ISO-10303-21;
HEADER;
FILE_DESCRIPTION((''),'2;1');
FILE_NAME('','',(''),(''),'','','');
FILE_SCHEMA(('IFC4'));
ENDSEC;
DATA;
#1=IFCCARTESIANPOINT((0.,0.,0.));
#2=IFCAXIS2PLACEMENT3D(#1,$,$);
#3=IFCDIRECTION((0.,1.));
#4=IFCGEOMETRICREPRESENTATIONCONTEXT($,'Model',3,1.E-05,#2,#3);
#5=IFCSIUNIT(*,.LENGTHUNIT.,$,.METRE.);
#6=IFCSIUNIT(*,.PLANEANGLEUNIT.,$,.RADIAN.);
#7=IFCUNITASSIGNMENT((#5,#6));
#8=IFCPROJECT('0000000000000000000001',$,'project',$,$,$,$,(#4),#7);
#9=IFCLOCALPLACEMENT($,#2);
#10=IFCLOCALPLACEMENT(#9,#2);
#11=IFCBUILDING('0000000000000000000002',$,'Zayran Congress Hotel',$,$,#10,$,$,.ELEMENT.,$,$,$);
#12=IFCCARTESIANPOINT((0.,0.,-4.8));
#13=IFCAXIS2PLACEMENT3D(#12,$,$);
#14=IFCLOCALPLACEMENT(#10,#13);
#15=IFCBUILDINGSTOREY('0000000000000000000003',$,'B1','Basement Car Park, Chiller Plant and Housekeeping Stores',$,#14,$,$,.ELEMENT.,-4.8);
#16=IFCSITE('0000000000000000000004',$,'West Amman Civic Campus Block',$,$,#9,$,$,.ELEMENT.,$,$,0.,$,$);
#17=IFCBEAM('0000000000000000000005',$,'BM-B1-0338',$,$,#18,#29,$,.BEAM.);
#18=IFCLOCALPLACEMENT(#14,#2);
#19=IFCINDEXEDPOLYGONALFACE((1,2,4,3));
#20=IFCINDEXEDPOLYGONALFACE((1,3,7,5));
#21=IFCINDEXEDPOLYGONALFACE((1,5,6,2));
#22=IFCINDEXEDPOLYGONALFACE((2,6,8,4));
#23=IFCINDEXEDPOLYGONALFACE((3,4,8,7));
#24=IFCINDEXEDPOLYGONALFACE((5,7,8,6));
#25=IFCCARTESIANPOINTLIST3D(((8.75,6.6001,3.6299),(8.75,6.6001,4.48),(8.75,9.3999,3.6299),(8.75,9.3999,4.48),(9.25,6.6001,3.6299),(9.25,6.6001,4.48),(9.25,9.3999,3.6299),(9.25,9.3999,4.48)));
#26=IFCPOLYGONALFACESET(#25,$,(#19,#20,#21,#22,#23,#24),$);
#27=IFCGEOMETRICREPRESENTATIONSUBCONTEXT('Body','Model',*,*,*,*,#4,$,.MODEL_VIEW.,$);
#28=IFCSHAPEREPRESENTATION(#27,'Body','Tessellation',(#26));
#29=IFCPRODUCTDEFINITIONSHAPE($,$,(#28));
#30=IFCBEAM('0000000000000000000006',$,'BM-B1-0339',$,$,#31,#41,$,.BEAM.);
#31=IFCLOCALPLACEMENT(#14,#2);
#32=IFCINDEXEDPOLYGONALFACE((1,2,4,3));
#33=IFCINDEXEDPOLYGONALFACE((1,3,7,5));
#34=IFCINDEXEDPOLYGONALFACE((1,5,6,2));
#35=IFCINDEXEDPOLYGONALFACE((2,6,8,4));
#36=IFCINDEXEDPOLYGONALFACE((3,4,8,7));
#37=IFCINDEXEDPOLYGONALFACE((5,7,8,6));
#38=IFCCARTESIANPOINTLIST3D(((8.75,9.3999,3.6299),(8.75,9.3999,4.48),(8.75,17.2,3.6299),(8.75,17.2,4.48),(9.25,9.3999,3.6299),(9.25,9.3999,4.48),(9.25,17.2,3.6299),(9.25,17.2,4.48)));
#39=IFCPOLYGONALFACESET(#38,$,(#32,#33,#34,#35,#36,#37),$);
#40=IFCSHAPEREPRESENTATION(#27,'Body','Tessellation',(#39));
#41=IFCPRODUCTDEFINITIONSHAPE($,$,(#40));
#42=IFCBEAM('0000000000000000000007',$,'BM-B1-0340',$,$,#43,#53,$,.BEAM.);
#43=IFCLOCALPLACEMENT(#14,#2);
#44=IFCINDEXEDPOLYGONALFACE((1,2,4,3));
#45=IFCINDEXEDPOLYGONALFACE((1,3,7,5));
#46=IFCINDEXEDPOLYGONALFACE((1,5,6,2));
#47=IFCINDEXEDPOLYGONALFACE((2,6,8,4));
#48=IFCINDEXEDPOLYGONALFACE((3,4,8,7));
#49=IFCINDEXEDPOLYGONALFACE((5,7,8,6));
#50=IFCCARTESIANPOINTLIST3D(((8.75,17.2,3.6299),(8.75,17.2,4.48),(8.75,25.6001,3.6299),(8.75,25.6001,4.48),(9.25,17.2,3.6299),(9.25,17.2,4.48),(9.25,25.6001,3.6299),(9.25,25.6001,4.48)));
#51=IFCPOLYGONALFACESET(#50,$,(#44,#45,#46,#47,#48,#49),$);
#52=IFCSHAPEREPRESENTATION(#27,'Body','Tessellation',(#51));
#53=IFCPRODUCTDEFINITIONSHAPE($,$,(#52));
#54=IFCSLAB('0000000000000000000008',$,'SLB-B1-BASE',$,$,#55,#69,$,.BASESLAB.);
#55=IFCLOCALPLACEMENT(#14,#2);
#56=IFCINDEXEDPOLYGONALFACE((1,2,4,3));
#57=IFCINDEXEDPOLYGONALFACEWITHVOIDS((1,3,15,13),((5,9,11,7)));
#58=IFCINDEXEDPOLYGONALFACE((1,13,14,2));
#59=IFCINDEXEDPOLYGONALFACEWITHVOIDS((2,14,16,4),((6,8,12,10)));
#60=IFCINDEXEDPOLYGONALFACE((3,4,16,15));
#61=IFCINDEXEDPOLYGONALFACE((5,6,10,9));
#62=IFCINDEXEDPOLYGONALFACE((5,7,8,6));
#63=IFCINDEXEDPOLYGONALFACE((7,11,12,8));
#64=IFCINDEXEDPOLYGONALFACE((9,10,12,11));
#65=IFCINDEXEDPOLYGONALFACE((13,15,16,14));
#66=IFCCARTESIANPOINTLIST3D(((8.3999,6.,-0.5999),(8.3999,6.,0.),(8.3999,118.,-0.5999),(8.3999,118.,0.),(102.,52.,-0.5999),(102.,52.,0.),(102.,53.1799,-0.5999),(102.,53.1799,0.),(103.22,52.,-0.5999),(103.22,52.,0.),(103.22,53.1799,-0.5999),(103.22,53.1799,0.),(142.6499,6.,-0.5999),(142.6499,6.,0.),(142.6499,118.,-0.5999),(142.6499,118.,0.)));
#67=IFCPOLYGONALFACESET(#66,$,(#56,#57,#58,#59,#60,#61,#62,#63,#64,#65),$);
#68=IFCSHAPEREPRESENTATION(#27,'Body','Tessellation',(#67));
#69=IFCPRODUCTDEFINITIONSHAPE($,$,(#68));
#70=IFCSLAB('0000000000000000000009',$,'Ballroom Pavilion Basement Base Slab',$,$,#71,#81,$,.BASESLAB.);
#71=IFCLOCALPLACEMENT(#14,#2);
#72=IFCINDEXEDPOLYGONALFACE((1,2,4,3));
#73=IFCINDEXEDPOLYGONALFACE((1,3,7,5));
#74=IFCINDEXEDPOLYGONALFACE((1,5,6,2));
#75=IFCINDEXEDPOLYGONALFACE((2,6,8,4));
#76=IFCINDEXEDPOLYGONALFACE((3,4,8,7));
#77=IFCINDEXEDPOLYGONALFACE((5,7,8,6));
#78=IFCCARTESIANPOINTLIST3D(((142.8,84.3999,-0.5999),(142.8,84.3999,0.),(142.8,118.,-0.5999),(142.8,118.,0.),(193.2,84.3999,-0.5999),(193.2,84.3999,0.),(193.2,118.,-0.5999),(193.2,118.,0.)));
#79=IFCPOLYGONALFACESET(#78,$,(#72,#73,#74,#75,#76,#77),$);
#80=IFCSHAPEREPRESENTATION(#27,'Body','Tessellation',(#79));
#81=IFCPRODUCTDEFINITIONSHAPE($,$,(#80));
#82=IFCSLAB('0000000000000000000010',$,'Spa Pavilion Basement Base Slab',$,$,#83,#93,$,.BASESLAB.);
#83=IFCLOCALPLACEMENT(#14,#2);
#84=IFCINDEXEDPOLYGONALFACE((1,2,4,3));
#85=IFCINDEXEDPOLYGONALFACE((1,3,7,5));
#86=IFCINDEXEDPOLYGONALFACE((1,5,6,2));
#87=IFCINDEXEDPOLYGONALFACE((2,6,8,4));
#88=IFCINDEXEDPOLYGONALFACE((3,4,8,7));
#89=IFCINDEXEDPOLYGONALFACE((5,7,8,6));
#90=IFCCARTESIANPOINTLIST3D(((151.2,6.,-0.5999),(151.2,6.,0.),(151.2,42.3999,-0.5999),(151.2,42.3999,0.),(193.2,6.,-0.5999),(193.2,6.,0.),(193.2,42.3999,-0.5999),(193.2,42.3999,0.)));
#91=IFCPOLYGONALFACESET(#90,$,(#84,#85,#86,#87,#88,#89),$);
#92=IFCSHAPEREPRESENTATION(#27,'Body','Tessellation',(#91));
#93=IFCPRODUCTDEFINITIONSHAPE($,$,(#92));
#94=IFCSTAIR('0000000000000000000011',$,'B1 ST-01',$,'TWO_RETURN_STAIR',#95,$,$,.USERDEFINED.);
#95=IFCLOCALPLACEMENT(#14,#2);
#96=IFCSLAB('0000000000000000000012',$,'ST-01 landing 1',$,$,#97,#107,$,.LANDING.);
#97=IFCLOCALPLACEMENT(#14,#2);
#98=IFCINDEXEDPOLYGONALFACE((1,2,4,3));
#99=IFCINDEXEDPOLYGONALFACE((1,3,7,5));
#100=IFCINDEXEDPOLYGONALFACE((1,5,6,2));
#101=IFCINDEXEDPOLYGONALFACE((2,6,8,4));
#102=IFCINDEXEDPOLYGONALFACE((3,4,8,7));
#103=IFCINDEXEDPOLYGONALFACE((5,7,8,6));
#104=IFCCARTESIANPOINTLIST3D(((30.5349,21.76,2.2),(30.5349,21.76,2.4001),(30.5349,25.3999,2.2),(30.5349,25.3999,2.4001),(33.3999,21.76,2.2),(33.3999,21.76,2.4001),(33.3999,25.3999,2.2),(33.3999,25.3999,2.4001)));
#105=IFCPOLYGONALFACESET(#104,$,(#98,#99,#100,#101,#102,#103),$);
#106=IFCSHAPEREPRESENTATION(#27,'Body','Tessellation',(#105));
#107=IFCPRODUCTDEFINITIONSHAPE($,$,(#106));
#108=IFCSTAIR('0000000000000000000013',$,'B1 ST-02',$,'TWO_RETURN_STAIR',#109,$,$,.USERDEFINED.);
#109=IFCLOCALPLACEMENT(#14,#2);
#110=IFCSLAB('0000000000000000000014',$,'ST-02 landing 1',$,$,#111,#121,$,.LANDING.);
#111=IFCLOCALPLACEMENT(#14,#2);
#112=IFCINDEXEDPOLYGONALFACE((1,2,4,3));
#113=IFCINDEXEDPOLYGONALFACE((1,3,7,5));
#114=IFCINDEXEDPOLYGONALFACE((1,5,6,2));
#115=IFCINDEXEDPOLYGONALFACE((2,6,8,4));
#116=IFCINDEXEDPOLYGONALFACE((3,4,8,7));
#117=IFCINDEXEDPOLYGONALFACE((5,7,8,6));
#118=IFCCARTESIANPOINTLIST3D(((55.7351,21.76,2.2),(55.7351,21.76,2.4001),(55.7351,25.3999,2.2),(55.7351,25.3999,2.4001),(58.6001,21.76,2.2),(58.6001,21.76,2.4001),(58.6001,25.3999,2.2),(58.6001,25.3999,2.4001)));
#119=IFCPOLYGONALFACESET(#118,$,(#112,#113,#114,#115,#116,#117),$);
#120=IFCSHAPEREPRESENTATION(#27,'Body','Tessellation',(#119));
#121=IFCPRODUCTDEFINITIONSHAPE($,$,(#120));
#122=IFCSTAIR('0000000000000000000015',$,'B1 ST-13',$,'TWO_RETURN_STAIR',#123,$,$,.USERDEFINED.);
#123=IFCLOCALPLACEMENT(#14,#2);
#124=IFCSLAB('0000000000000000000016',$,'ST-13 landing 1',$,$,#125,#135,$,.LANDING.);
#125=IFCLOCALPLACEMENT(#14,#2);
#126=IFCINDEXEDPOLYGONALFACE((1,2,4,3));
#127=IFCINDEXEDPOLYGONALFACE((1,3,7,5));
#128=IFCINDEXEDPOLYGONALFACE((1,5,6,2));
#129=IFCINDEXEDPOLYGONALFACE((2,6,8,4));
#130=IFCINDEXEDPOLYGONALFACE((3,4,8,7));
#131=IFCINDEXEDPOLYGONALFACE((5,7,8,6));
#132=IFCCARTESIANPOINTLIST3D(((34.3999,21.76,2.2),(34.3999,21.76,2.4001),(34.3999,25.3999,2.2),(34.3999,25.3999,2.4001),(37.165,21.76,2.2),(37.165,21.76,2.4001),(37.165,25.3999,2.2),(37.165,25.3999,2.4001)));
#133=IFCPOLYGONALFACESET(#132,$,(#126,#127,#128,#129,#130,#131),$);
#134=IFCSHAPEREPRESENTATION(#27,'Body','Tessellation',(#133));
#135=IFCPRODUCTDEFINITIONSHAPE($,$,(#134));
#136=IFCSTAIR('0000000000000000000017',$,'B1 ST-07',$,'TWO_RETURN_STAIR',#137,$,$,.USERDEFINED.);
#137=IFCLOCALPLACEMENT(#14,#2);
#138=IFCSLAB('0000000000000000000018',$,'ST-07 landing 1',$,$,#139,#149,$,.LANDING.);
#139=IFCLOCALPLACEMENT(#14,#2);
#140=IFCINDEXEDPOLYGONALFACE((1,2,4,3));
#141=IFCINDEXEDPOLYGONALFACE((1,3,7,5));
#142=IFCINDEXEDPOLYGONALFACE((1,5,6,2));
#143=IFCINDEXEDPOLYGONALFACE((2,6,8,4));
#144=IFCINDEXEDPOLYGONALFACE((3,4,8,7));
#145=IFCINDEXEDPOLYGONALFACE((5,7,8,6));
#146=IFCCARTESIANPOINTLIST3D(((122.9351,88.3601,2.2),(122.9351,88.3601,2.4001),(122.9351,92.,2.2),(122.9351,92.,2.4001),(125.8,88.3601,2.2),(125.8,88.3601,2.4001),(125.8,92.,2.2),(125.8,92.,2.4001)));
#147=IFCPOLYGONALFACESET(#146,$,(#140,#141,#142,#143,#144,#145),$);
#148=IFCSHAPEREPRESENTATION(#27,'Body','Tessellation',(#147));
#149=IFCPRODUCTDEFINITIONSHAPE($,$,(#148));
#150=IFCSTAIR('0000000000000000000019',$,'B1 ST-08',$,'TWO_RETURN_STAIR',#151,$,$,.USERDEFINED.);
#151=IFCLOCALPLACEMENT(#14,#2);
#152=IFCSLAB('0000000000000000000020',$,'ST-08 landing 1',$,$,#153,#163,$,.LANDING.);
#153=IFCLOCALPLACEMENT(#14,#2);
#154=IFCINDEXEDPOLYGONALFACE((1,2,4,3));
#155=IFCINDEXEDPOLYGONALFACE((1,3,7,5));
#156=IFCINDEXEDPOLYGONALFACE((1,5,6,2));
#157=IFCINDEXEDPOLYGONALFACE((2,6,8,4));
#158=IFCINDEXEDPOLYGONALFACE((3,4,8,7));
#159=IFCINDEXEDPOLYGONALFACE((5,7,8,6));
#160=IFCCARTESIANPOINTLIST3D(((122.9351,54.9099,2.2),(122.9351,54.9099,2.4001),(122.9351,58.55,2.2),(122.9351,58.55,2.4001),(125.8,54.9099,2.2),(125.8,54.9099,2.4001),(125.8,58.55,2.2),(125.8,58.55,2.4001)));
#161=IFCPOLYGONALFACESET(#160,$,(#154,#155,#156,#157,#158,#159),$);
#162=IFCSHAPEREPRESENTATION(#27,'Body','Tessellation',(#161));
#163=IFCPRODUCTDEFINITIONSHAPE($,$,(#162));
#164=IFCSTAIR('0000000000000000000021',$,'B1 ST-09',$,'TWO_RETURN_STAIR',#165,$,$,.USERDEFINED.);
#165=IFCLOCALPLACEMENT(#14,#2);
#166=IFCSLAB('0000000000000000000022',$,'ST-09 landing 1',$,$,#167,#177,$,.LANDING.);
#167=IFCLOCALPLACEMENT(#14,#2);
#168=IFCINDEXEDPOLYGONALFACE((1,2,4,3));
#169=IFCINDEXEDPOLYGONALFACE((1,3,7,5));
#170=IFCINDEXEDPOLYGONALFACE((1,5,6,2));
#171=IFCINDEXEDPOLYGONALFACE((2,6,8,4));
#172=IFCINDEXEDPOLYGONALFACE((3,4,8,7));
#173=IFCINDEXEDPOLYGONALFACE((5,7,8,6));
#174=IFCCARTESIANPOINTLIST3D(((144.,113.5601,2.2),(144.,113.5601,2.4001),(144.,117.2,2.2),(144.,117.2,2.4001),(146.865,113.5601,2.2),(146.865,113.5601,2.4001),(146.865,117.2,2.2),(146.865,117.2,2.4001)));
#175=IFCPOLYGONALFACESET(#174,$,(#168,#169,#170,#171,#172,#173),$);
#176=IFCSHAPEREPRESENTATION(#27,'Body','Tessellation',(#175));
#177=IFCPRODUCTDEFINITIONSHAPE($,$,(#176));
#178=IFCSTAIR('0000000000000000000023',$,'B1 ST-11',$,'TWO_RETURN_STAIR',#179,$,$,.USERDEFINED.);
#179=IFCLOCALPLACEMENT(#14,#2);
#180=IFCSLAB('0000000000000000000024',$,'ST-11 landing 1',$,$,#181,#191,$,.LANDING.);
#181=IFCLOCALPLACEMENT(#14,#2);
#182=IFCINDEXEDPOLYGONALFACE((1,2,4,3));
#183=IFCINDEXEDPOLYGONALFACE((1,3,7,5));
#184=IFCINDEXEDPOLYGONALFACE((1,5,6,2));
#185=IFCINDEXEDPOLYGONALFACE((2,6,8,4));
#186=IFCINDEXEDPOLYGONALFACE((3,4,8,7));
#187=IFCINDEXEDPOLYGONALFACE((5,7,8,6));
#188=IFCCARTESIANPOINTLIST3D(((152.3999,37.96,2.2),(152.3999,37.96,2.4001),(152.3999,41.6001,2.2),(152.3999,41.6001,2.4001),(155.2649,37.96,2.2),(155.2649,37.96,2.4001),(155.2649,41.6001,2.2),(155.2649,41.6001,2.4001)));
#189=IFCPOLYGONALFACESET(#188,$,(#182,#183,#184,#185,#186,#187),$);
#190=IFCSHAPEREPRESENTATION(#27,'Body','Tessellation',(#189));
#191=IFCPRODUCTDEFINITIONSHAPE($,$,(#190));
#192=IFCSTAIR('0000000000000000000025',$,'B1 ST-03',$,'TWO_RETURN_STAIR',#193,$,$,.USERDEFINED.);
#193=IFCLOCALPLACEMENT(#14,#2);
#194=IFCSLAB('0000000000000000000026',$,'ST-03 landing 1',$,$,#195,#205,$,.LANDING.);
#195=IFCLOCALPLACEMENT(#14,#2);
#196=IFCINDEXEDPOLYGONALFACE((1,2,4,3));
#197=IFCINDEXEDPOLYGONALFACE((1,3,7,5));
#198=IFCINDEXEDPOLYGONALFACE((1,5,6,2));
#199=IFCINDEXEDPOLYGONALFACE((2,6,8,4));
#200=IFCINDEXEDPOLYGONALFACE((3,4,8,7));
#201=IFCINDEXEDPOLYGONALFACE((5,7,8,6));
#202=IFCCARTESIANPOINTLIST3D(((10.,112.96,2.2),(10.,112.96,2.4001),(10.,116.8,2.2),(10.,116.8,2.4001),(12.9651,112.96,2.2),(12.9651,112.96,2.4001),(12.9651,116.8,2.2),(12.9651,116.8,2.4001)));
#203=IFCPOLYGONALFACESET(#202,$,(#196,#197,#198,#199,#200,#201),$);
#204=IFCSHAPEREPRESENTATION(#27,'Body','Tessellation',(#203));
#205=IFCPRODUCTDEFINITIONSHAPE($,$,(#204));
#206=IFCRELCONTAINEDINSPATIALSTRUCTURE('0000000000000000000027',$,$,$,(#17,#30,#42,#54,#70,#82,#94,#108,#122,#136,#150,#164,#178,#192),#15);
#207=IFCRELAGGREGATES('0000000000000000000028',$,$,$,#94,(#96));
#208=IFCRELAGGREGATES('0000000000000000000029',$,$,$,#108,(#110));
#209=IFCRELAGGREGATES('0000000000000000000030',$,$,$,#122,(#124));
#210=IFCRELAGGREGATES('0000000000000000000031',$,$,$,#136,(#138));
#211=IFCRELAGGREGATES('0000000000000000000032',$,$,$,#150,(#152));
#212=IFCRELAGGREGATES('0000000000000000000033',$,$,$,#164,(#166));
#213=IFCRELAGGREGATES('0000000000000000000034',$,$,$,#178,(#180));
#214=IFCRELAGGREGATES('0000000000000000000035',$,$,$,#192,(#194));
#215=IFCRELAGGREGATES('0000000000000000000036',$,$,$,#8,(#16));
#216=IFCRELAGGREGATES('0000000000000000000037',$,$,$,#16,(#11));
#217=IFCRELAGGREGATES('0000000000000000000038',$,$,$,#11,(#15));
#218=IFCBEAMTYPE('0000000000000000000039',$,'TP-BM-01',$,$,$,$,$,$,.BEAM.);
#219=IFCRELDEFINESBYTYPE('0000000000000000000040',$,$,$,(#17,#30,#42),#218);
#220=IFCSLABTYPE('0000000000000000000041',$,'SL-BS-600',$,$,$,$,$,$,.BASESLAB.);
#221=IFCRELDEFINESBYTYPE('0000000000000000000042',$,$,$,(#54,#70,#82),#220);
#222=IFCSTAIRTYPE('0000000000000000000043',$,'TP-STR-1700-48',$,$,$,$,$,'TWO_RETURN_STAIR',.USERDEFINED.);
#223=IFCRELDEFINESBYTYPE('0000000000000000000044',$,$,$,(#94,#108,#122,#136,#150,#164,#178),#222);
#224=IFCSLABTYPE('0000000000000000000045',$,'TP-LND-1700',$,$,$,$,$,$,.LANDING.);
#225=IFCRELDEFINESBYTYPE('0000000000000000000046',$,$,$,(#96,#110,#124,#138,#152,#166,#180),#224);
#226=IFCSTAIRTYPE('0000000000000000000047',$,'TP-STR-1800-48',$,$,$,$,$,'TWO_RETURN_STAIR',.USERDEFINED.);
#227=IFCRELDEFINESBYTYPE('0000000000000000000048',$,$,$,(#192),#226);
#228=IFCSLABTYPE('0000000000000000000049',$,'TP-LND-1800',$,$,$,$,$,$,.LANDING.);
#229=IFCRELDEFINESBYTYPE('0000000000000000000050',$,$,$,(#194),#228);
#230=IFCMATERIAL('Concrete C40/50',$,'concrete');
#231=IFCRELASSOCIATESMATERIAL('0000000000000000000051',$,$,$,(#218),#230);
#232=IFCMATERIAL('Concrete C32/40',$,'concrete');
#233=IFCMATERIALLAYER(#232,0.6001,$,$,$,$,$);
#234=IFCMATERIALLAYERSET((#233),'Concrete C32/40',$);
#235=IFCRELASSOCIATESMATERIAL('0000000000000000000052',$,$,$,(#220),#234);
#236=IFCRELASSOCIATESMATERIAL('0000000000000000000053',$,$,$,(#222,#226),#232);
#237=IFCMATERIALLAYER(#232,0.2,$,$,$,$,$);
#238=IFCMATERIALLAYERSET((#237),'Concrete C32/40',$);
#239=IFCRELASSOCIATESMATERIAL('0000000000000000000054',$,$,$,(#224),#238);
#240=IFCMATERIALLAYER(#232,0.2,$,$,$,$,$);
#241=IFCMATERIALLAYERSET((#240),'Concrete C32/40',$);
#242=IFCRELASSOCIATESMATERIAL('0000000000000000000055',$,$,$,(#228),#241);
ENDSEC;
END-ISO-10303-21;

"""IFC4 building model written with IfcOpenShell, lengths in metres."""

from ifc_helpers import new_model, si_unit, direction, frame, origin, origin_2d, place, context, subcontext, project, spatial, polyline, rectangle, outline, extrude, material, layer, layer_set, material_profile, profile_set, type_object, element, aggregate, save


model = new_model("IFC4")

# Units and contexts
model_context = context("Model", 3, precision=1e-05, world=origin(), true_north=direction((0.0, 1.0)))
body_context = subcontext(model_context, "Body", "Model", "MODEL_VIEW")
ifc_project = project(units=[si_unit("LENGTHUNIT", "METRE"), si_unit("PLANEANGLEUNIT", "RADIAN")], contexts=[model_context])

# Site, building, storey
site_placement = place(None, origin())
site = spatial("IfcSite", under=ifc_project, at=site_placement, Name="West Amman Civic Campus Block", CompositionType="ELEMENT", RefElevation=0.0)
building_placement = place(site_placement, origin())
building = spatial("IfcBuilding", under=site, at=building_placement, Name="Zayran Congress Hotel", CompositionType="ELEMENT")
storey_placement = place(building_placement, frame((0.0, 0.0, -4.8)))
storey = spatial("IfcBuildingStorey", under=building, at=storey_placement, Name="B1", Description="Basement Car Park, Chiller Plant and Housekeeping Stores", CompositionType="ELEMENT", Elevation=-4.8)

# Shared definitions
ifc_material_1 = material(Name="Concrete C40/50", Category="concrete")

# Beams
ifc_material_profile_1 = material_profile(ifc_material_1, rectangle(XDim=0.5, YDim=0.8501, at=origin_2d()), Name="RC 500x850")
ifc_profile_set_1 = profile_set([ifc_material_profile_1], Name="Concrete C40/50")
beam_type = type_object("IfcBeamType", Name="TP-BM-01", PredefinedType="BEAM", material=ifc_profile_set_1)
beam_1_placement = place(storey_placement, frame((9.0, 6.6001, 4.0549), z_axis=(0.0, 1.0, 0.0), x_axis=(-1.0, 0.0, 0.0)))
element("IfcBeam", 1, at=beam_1_placement, inside=storey, type_object=beam_type, Name="BM-B1-0338", PredefinedType="BEAM", context=body_context, shape_type="SweptSolid", body=[
    extrude(rectangle(XDim=0.5, YDim=0.8501, at=origin_2d()), origin(), (0.0, 0.0, 1.0), 2.7998),
])
beam_2_placement = place(storey_placement, frame((9.0, 9.3999, 4.0549), z_axis=(0.0, 1.0, 0.0), x_axis=(-1.0, 0.0, 0.0)))
element("IfcBeam", 2, at=beam_2_placement, inside=storey, type_object=beam_type, Name="BM-B1-0339", PredefinedType="BEAM", context=body_context, shape_type="SweptSolid", body=[
    extrude(rectangle(XDim=0.5, YDim=0.8501, at=origin_2d()), origin(), (0.0, 0.0, 1.0), 7.8),
])
beam_3_placement = place(storey_placement, frame((9.0, 17.2, 4.0549), z_axis=(0.0, 1.0, 0.0), x_axis=(-1.0, 0.0, 0.0)))
element("IfcBeam", 3, at=beam_3_placement, inside=storey, type_object=beam_type, Name="BM-B1-0340", PredefinedType="BEAM", context=body_context, shape_type="SweptSolid", body=[
    extrude(rectangle(XDim=0.5, YDim=0.8501, at=origin_2d()), origin(), (0.0, 0.0, 1.0), 8.4001),
])

# Slabs
ifc_material_2 = material(Name="Concrete C32/40", Category="concrete")
ifc_layer_1 = layer(ifc_material_2, 0.6001)
ifc_layer_set_1 = layer_set([ifc_layer_1], Name="Concrete C32/40")
slab_type_1 = type_object("IfcSlabType", Name="SL-BS-600", PredefinedType="BASESLAB", material=ifc_layer_set_1)
slab_1_placement = place(storey_placement, frame((0.0, 0.0, -0.5999)))
element("IfcSlab", 4, at=slab_1_placement, inside=storey, type_object=slab_type_1, Name="SLB-B1-BASE", PredefinedType="BASESLAB", context=body_context, shape_type="SweptSolid", body=[
    extrude(outline(polyline([(8.3999, 6.0), (142.6499, 6.0), (142.6499, 118.0), (8.3999, 118.0), (8.3999, 6.0)]), holes=[polyline([(102.0, 52.0), (103.22, 52.0), (103.22, 53.1799), (102.0, 53.1799), (102.0, 52.0)])]), origin(), (0.0, 0.0, 1.0), 0.5999),
])
slab_2_placement = place(storey_placement, frame((0.0, 0.0, -0.5999)))
element("IfcSlab", 5, at=slab_2_placement, inside=storey, type_object=slab_type_1, Name="Ballroom Pavilion Basement Base Slab", PredefinedType="BASESLAB", context=body_context, shape_type="SweptSolid", body=[
    extrude(outline(polyline([(142.8, 84.3999), (193.2, 84.3999), (193.2, 118.0), (142.8, 118.0), (142.8, 84.3999)])), origin(), (0.0, 0.0, 1.0), 0.5999),
])
slab_3_placement = place(storey_placement, frame((0.0, 0.0, -0.5999)))
element("IfcSlab", 6, at=slab_3_placement, inside=storey, type_object=slab_type_1, Name="Spa Pavilion Basement Base Slab", PredefinedType="BASESLAB", context=body_context, shape_type="SweptSolid", body=[
    extrude(outline(polyline([(151.2, 6.0), (193.2, 6.0), (193.2, 42.3999), (151.2, 42.3999), (151.2, 6.0)])), origin(), (0.0, 0.0, 1.0), 0.5999),
])

# Stairs, slabs
stair_type_1 = type_object("IfcStairType", Name="TP-STR-1700-48", ElementType="TWO_RETURN_STAIR", PredefinedType="USERDEFINED", material=ifc_material_2)
stair_1_placement = place(storey_placement, origin())
stair_1 = element("IfcStair", 7, at=stair_1_placement, inside=storey, type_object=stair_type_1, Name="B1 ST-01", ObjectType="TWO_RETURN_STAIR", PredefinedType="USERDEFINED")
ifc_layer_2 = layer(ifc_material_2, 0.2)
ifc_layer_set_2 = layer_set([ifc_layer_2], Name="Concrete C32/40")
slab_type_2 = type_object("IfcSlabType", Name="TP-LND-1700", PredefinedType="LANDING", material=ifc_layer_set_2)
slab_4_placement = place(storey_placement, frame((0.0, 0.0, 2.2)))
slab_4 = element("IfcSlab", 8, at=slab_4_placement, type_object=slab_type_2, Name="ST-01 landing 1", PredefinedType="LANDING", context=body_context, shape_type="SweptSolid", body=[
    extrude(outline(polyline([(30.5349, 21.76), (33.3999, 21.76), (33.3999, 25.3999), (30.5349, 25.3999), (30.5349, 21.76)])), origin(), (0.0, 0.0, 1.0), 0.2002),
])
aggregate(stair_1, [slab_4])
stair_2_placement = place(storey_placement, origin())
stair_2 = element("IfcStair", 9, at=stair_2_placement, inside=storey, type_object=stair_type_1, Name="B1 ST-02", ObjectType="TWO_RETURN_STAIR", PredefinedType="USERDEFINED")
slab_5_placement = place(storey_placement, frame((0.0, 0.0, 2.2)))
slab_5 = element("IfcSlab", 10, at=slab_5_placement, type_object=slab_type_2, Name="ST-02 landing 1", PredefinedType="LANDING", context=body_context, shape_type="SweptSolid", body=[
    extrude(outline(polyline([(55.7351, 21.76), (58.6001, 21.76), (58.6001, 25.3999), (55.7351, 25.3999), (55.7351, 21.76)])), origin(), (0.0, 0.0, 1.0), 0.2002),
])
aggregate(stair_2, [slab_5])
stair_3_placement = place(storey_placement, origin())
stair_3 = element("IfcStair", 11, at=stair_3_placement, inside=storey, type_object=stair_type_1, Name="B1 ST-13", ObjectType="TWO_RETURN_STAIR", PredefinedType="USERDEFINED")
slab_6_placement = place(storey_placement, frame((0.0, 0.0, 2.2)))
slab_6 = element("IfcSlab", 12, at=slab_6_placement, type_object=slab_type_2, Name="ST-13 landing 1", PredefinedType="LANDING", context=body_context, shape_type="SweptSolid", body=[
    extrude(outline(polyline([(37.165, 25.3999), (34.3999, 25.3999), (34.3999, 21.76), (37.165, 21.76), (37.165, 25.3999)])), origin(), (0.0, 0.0, 1.0), 0.2002),
])
aggregate(stair_3, [slab_6])
stair_4_placement = place(storey_placement, origin())
stair_4 = element("IfcStair", 13, at=stair_4_placement, inside=storey, type_object=stair_type_1, Name="B1 ST-07", ObjectType="TWO_RETURN_STAIR", PredefinedType="USERDEFINED")
slab_7_placement = place(storey_placement, frame((0.0, 0.0, 2.2)))
slab_7 = element("IfcSlab", 14, at=slab_7_placement, type_object=slab_type_2, Name="ST-07 landing 1", PredefinedType="LANDING", context=body_context, shape_type="SweptSolid", body=[
    extrude(outline(polyline([(122.9351, 88.3601), (125.8, 88.3601), (125.8, 92.0), (122.9351, 92.0), (122.9351, 88.3601)])), origin(), (0.0, 0.0, 1.0), 0.2002),
])
aggregate(stair_4, [slab_7])
stair_5_placement = place(storey_placement, origin())
stair_5 = element("IfcStair", 15, at=stair_5_placement, inside=storey, type_object=stair_type_1, Name="B1 ST-08", ObjectType="TWO_RETURN_STAIR", PredefinedType="USERDEFINED")
slab_8_placement = place(storey_placement, frame((0.0, 0.0, 2.2)))
slab_8 = element("IfcSlab", 16, at=slab_8_placement, type_object=slab_type_2, Name="ST-08 landing 1", PredefinedType="LANDING", context=body_context, shape_type="SweptSolid", body=[
    extrude(outline(polyline([(122.9351, 54.9099), (125.8, 54.9099), (125.8, 58.55), (122.9351, 58.55), (122.9351, 54.9099)])), origin(), (0.0, 0.0, 1.0), 0.2002),
])
aggregate(stair_5, [slab_8])
stair_6_placement = place(storey_placement, origin())
stair_6 = element("IfcStair", 17, at=stair_6_placement, inside=storey, type_object=stair_type_1, Name="B1 ST-09", ObjectType="TWO_RETURN_STAIR", PredefinedType="USERDEFINED")
slab_9_placement = place(storey_placement, frame((0.0, 0.0, 2.2)))
slab_9 = element("IfcSlab", 18, at=slab_9_placement, type_object=slab_type_2, Name="ST-09 landing 1", PredefinedType="LANDING", context=body_context, shape_type="SweptSolid", body=[
    extrude(outline(polyline([(146.865, 117.2), (144.0, 117.2), (144.0, 113.5601), (146.865, 113.5601), (146.865, 117.2)])), origin(), (0.0, 0.0, 1.0), 0.2002),
])
aggregate(stair_6, [slab_9])
stair_7_placement = place(storey_placement, origin())
stair_7 = element("IfcStair", 19, at=stair_7_placement, inside=storey, type_object=stair_type_1, Name="B1 ST-11", ObjectType="TWO_RETURN_STAIR", PredefinedType="USERDEFINED")
slab_10_placement = place(storey_placement, frame((0.0, 0.0, 2.2)))
slab_10 = element("IfcSlab", 20, at=slab_10_placement, type_object=slab_type_2, Name="ST-11 landing 1", PredefinedType="LANDING", context=body_context, shape_type="SweptSolid", body=[
    extrude(outline(polyline([(155.2649, 41.6001), (152.3999, 41.6001), (152.3999, 37.96), (155.2649, 37.96), (155.2649, 41.6001)])), origin(), (0.0, 0.0, 1.0), 0.2002),
])
aggregate(stair_7, [slab_10])
stair_type_2 = type_object("IfcStairType", Name="TP-STR-1800-48", ElementType="TWO_RETURN_STAIR", PredefinedType="USERDEFINED", material=ifc_material_2)
stair_8_placement = place(storey_placement, origin())
stair_8 = element("IfcStair", 21, at=stair_8_placement, inside=storey, type_object=stair_type_2, Name="B1 ST-03", ObjectType="TWO_RETURN_STAIR", PredefinedType="USERDEFINED")
ifc_layer_3 = layer(ifc_material_2, 0.2)
ifc_layer_set_3 = layer_set([ifc_layer_3], Name="Concrete C32/40")
slab_type_3 = type_object("IfcSlabType", Name="TP-LND-1800", PredefinedType="LANDING", material=ifc_layer_set_3)
slab_11_placement = place(storey_placement, frame((0.0, 0.0, 2.2)))
slab_11 = element("IfcSlab", 22, at=slab_11_placement, type_object=slab_type_3, Name="ST-03 landing 1", PredefinedType="LANDING", context=body_context, shape_type="SweptSolid", body=[
    extrude(outline(polyline([(12.9651, 116.8), (10.0, 116.8), (10.0, 112.96), (12.9651, 112.96), (12.9651, 116.8)])), origin(), (0.0, 0.0, 1.0), 0.2002),
])
aggregate(stair_8, [slab_11])

save(model, "model.ifc")
